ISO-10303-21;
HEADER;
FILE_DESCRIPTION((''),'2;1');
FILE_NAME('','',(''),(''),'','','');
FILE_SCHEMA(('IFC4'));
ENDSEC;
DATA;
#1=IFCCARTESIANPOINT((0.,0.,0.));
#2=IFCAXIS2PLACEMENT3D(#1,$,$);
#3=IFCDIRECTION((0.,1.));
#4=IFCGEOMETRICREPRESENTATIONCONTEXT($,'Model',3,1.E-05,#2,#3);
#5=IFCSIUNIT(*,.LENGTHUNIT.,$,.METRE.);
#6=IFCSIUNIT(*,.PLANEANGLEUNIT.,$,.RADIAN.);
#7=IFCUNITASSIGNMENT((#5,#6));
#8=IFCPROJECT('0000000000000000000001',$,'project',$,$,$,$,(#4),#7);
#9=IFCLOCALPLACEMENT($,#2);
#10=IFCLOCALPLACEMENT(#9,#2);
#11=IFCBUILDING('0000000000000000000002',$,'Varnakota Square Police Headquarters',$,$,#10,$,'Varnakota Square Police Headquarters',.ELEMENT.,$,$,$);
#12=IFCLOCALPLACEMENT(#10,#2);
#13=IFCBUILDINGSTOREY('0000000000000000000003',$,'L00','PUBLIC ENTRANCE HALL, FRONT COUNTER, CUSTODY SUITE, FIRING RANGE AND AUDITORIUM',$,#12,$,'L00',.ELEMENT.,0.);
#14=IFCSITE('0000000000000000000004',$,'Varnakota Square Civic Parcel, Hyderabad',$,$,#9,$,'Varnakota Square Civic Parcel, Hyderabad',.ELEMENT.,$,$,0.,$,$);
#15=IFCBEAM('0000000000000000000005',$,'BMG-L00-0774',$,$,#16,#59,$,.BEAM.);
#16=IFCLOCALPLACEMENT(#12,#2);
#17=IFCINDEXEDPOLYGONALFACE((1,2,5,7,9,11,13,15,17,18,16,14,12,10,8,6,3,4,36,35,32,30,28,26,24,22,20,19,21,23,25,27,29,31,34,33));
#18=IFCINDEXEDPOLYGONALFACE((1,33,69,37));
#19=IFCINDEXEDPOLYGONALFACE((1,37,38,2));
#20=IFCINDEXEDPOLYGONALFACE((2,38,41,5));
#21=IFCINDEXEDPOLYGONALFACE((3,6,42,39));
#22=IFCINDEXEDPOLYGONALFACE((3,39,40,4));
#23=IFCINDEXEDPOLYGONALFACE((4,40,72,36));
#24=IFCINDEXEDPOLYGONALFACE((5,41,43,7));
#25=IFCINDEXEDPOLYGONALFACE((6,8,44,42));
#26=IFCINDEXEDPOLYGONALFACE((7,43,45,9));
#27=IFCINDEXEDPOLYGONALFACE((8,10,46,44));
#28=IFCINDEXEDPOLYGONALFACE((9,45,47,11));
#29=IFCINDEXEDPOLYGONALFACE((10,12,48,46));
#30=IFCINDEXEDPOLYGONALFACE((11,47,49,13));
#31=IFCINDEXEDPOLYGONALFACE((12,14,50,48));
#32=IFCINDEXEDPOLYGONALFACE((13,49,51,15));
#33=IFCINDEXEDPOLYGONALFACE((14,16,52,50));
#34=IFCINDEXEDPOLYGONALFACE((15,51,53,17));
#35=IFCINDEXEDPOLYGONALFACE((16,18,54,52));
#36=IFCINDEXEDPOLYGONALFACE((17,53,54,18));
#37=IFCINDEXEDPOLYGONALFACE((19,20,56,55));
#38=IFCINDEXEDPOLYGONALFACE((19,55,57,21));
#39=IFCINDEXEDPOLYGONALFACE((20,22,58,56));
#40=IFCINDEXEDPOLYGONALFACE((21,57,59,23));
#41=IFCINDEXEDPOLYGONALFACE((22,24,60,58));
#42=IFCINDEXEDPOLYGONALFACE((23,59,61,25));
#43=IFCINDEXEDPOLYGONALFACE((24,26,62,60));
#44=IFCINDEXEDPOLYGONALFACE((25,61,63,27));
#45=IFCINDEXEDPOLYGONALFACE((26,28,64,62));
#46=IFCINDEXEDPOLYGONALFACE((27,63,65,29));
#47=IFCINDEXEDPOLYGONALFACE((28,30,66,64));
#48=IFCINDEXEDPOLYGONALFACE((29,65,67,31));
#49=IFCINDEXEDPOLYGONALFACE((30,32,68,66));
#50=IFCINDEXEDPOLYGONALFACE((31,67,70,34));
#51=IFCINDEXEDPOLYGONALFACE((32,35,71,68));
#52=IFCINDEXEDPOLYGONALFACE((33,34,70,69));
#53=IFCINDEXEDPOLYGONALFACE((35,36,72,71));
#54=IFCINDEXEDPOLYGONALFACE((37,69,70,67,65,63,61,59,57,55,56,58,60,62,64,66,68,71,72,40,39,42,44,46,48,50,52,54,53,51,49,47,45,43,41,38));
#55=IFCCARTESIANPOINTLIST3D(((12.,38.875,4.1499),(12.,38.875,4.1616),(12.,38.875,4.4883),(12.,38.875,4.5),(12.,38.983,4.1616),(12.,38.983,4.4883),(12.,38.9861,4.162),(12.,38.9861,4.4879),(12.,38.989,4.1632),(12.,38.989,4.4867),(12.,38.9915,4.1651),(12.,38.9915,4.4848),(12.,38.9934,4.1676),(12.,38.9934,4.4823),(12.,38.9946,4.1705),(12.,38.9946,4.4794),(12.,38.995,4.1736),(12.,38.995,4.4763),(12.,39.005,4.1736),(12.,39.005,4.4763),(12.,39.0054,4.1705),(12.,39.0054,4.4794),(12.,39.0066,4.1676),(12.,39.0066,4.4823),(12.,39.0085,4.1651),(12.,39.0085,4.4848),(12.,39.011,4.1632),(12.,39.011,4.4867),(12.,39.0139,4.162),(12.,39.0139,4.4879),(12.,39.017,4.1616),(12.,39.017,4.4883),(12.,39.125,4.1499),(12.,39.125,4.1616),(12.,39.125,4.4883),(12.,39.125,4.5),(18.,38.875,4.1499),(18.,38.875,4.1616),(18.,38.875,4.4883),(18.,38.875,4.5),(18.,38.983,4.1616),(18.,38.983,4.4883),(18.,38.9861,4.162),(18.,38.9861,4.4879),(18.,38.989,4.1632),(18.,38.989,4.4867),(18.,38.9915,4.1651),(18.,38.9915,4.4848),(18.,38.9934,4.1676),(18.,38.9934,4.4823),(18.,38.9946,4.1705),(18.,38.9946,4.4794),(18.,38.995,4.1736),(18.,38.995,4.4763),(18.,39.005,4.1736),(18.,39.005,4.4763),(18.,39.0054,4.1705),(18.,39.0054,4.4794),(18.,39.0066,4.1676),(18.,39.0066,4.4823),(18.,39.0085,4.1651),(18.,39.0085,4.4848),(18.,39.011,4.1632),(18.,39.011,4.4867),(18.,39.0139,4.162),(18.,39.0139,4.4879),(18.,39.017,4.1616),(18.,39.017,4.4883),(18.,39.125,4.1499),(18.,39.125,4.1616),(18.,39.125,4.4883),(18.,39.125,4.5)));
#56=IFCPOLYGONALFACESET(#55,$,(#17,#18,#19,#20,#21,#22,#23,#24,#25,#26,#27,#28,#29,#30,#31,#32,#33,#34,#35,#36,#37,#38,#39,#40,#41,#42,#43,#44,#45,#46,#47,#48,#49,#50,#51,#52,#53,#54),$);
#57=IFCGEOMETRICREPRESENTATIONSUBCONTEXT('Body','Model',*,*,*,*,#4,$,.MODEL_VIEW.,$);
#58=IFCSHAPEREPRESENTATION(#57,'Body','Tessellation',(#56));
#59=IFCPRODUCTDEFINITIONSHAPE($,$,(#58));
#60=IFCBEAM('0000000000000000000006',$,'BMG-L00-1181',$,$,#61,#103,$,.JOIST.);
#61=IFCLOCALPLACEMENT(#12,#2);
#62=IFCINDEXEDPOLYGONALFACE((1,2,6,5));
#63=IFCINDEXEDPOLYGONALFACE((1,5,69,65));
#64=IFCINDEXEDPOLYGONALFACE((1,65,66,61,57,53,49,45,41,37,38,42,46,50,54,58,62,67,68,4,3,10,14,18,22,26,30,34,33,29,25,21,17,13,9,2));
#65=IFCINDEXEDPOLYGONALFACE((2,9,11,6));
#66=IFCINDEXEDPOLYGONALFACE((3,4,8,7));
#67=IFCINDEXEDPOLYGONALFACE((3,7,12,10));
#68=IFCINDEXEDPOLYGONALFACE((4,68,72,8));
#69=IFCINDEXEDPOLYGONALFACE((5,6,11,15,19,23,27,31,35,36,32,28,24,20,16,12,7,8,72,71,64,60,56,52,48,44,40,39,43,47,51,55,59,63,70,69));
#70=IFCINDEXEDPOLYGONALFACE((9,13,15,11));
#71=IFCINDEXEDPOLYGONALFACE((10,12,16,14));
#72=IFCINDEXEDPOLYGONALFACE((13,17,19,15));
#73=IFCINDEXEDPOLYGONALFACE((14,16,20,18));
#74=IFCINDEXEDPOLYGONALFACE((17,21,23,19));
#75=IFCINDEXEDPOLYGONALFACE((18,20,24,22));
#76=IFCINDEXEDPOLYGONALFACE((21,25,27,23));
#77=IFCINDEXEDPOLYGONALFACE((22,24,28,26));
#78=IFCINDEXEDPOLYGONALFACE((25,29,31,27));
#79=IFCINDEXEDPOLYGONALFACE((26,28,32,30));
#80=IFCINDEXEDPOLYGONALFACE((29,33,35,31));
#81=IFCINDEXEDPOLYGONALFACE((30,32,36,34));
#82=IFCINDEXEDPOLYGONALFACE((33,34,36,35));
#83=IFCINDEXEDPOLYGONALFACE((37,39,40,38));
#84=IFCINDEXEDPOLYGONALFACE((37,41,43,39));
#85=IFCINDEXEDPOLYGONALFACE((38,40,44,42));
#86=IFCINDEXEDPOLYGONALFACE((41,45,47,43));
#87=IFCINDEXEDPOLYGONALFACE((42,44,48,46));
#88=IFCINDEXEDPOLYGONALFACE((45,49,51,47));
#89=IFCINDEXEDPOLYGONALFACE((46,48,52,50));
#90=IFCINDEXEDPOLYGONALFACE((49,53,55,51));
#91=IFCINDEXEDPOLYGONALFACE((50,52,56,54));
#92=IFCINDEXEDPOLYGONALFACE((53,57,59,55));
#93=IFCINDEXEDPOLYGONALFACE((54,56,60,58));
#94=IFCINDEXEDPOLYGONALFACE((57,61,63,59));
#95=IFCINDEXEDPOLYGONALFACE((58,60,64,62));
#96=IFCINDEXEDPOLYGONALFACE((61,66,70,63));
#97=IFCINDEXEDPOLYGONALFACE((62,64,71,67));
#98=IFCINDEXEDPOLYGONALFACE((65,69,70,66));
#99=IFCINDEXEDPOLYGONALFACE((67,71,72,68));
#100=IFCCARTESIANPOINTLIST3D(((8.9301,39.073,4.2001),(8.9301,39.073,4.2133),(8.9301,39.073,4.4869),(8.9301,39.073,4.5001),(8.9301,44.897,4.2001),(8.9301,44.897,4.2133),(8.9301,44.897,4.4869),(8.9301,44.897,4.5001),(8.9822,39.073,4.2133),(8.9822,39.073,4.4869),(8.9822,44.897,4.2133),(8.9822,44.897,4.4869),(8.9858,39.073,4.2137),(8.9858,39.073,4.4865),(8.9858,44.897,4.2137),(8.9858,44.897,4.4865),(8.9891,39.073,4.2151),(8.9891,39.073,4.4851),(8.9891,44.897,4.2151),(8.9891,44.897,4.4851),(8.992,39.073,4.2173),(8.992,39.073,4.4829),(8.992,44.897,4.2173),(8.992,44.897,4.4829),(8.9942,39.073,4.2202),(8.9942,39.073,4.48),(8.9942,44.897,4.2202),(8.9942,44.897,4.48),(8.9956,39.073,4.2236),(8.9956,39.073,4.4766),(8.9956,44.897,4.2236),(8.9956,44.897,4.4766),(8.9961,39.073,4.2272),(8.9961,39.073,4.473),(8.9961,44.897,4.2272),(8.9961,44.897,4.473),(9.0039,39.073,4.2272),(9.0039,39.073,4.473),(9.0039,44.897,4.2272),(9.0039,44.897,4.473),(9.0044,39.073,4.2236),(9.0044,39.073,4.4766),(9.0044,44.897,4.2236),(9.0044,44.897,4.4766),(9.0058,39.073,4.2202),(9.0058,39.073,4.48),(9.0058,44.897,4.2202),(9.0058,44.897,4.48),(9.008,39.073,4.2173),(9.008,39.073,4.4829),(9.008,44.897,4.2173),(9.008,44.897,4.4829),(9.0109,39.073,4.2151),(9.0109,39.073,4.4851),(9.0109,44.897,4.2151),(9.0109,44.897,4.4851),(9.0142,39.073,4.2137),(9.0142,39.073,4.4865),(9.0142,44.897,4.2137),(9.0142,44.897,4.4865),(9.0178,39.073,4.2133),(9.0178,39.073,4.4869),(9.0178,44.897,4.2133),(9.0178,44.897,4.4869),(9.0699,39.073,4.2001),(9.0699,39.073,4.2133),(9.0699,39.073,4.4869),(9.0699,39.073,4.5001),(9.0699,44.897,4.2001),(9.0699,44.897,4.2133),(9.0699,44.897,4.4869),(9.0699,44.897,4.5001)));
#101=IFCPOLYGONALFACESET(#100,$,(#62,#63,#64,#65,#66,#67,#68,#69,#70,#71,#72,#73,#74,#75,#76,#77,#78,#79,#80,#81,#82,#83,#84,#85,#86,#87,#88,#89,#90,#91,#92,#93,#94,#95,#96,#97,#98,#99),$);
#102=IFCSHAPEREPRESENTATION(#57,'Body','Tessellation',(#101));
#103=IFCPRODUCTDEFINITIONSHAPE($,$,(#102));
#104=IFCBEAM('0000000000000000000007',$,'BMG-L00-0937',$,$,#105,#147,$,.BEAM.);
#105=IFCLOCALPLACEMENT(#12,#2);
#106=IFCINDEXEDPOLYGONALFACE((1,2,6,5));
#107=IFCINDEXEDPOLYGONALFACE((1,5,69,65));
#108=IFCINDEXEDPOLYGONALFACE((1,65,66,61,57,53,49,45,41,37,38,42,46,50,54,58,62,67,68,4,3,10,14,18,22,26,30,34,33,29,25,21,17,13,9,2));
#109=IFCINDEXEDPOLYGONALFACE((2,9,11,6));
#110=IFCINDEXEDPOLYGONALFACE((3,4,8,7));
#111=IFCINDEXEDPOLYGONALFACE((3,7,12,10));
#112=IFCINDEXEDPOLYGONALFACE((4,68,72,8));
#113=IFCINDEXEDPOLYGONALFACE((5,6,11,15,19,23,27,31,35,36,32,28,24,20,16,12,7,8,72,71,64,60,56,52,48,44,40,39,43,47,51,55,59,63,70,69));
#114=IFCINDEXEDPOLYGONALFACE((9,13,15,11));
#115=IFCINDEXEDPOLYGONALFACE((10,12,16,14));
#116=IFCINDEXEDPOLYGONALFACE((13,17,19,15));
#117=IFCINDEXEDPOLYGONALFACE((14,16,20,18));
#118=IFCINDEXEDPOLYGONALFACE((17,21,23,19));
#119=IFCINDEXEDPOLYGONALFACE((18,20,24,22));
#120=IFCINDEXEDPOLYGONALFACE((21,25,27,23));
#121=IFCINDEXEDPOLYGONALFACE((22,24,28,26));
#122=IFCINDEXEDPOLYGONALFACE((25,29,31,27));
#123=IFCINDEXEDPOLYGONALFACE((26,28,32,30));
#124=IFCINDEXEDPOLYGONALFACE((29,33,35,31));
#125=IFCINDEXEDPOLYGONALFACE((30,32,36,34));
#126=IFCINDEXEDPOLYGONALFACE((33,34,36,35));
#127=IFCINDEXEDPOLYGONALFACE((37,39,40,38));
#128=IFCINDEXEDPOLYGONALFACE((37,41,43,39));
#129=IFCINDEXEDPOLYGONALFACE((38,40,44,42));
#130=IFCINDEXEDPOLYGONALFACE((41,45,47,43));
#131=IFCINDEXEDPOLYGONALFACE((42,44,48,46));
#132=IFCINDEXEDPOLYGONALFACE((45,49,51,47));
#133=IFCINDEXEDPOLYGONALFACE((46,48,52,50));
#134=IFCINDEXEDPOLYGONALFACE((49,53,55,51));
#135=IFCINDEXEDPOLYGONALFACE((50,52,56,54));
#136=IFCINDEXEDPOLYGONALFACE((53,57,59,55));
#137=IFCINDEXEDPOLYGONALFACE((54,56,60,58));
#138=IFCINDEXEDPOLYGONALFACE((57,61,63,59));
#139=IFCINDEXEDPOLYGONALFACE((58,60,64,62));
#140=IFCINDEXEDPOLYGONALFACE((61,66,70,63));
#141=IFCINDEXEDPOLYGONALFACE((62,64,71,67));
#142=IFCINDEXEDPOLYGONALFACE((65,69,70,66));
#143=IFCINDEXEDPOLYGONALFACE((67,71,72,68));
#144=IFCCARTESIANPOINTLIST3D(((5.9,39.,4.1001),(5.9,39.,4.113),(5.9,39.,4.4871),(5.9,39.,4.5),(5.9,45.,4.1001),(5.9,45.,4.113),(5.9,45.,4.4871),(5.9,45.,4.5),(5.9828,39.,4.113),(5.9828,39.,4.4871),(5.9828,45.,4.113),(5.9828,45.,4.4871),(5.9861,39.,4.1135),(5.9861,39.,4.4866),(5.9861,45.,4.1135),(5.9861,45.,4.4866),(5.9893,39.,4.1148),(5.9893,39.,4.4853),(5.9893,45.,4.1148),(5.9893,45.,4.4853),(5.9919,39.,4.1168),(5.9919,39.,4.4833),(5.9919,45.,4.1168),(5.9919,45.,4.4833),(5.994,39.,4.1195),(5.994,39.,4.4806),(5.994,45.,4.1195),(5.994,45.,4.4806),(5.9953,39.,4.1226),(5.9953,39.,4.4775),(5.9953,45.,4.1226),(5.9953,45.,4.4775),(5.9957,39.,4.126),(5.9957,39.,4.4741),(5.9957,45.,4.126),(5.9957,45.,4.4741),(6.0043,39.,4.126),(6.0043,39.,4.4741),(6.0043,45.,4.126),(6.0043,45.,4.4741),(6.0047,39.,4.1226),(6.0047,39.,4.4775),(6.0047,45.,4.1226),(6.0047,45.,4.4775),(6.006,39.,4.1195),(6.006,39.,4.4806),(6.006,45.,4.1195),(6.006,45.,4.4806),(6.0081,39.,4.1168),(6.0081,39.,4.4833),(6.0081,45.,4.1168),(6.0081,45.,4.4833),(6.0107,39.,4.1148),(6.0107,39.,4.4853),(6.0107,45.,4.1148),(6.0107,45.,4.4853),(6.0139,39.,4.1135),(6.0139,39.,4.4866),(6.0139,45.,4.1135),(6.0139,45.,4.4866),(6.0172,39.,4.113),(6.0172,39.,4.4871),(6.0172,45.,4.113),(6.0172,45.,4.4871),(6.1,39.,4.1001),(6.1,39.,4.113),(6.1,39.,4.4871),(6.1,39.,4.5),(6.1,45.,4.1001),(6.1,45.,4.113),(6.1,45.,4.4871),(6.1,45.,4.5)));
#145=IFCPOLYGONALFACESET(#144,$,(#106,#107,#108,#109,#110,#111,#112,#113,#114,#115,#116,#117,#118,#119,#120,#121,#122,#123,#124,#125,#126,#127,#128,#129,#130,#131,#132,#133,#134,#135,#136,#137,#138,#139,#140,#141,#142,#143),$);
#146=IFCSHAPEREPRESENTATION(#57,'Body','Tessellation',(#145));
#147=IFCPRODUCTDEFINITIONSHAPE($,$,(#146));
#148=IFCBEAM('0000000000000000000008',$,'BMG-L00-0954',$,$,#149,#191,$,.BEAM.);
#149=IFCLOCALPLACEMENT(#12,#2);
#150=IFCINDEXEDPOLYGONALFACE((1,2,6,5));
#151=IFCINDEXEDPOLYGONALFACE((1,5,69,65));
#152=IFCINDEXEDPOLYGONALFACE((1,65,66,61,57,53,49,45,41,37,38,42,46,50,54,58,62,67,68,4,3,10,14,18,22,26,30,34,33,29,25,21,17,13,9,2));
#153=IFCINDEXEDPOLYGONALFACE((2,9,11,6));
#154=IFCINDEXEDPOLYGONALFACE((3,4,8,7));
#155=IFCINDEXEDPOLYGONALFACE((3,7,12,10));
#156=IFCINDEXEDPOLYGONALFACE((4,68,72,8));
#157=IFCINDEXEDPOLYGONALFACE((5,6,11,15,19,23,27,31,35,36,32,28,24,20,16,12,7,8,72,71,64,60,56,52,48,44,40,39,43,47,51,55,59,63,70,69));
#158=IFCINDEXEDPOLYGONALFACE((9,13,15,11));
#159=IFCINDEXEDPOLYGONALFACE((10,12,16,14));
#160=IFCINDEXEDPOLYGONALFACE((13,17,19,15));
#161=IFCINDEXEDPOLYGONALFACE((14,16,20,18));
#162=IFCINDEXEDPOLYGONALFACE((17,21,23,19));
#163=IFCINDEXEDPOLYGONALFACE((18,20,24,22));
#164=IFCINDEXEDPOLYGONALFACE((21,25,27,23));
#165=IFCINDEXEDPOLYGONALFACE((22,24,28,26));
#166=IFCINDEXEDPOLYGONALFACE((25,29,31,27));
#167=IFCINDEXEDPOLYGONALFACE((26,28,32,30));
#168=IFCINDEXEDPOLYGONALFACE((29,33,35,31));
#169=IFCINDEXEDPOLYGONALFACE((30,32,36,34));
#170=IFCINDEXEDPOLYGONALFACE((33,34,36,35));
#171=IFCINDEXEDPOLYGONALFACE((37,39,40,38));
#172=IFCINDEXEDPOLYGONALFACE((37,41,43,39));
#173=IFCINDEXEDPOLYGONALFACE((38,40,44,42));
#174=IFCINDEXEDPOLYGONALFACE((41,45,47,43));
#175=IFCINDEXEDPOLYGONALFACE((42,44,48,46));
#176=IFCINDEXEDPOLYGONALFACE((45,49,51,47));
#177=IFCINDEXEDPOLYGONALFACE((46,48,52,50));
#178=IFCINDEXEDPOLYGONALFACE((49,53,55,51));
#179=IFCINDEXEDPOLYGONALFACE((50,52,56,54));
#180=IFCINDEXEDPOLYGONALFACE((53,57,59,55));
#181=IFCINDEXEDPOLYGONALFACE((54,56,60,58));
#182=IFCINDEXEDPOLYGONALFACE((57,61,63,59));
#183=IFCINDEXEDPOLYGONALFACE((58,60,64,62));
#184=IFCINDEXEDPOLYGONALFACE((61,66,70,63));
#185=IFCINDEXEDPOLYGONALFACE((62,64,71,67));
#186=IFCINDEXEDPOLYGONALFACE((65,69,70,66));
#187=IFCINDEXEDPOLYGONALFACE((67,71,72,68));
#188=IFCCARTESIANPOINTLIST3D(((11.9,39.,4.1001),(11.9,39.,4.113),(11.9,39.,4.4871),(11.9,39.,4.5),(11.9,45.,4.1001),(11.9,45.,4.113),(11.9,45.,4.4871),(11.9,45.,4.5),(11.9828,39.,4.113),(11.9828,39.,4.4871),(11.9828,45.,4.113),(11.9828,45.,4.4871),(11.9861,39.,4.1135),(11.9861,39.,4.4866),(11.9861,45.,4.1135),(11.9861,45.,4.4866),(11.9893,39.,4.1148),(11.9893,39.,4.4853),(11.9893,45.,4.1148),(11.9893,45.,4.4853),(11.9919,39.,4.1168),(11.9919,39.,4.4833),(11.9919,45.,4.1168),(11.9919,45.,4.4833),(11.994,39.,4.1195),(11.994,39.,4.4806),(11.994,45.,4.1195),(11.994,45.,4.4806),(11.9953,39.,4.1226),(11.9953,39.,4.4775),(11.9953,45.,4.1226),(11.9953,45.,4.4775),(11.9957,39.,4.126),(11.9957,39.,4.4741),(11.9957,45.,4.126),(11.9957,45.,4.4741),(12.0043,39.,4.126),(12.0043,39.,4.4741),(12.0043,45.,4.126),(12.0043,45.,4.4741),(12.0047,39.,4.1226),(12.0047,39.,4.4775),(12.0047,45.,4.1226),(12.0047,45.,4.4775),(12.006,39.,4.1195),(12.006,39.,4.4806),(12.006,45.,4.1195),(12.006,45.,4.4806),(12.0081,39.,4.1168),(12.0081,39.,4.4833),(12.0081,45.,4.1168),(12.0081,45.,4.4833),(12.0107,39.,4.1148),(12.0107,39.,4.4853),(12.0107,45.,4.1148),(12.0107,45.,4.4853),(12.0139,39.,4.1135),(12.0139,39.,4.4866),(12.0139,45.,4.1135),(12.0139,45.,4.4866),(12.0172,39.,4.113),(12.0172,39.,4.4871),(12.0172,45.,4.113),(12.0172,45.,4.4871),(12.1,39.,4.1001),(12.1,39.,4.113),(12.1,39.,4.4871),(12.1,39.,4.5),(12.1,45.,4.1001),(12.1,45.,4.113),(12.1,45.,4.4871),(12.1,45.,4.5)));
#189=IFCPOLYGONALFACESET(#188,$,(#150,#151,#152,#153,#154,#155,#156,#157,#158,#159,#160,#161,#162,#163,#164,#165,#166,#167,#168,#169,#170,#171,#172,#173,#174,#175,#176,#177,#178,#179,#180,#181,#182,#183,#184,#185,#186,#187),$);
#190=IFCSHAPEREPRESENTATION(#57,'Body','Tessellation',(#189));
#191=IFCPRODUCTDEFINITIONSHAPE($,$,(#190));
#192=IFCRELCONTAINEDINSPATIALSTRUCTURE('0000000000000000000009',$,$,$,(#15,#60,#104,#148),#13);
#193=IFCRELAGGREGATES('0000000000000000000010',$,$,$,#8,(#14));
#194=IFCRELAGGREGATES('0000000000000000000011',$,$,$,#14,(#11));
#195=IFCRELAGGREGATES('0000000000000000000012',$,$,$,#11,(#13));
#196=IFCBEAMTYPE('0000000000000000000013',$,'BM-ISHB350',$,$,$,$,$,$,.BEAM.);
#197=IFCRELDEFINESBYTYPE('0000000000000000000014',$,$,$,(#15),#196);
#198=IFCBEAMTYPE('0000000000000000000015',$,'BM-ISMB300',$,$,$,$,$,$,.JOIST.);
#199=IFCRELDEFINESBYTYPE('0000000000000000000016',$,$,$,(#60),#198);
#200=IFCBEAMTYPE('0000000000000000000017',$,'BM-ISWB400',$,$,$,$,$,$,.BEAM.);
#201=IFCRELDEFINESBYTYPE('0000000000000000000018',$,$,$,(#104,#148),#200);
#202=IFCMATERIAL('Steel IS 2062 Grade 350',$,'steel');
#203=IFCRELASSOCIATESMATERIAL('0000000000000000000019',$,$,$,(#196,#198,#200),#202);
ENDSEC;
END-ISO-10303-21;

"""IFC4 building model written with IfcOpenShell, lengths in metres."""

from ifc_helpers import new_model, si_unit, direction, frame, origin, origin_2d, place, context, subcontext, project, spatial, i_section, extrude, material, material_profile, profile_set, type_object, element, save


model = new_model("IFC4")

# Units and contexts
model_context = context("Model", 3, precision=1e-05, world=origin(), true_north=direction((0.0, 1.0)))
body_context = subcontext(model_context, "Body", "Model", "MODEL_VIEW")
ifc_project = project(units=[si_unit("LENGTHUNIT", "METRE"), si_unit("PLANEANGLEUNIT", "RADIAN")], contexts=[model_context])

# Site, building, storey
site_placement = place(None, origin())
site = spatial("IfcSite", under=ifc_project, at=site_placement, Name="Varnakota Square Civic Parcel, Hyderabad", LongName="Varnakota Square Civic Parcel, Hyderabad", CompositionType="ELEMENT", RefElevation=0.0)
building_placement = place(site_placement, origin())
building = spatial("IfcBuilding", under=site, at=building_placement, Name="Varnakota Square Police Headquarters", LongName="Varnakota Square Police Headquarters", CompositionType="ELEMENT")
storey_placement = place(building_placement, origin())
storey = spatial("IfcBuildingStorey", under=building, at=storey_placement, Name="L00", Description="PUBLIC ENTRANCE HALL, FRONT COUNTER, CUSTODY SUITE, FIRING RANGE AND AUDITORIUM", LongName="L00", CompositionType="ELEMENT", Elevation=0.0)

# Beams
ifc_material_1 = material(Name="Steel IS 2062 Grade 350", Category="steel")
ifc_material_profile_1 = material_profile(ifc_material_1, i_section(OverallWidth=0.25, OverallDepth=0.3501, WebThickness=0.01, FlangeThickness=0.0117, FilletRadius=0.012, at=origin_2d()), Name="ISHB 350")
ifc_profile_set_1 = profile_set([ifc_material_profile_1], Name="Steel IS 2062 Grade 350")
beam_type_1 = type_object("IfcBeamType", Name="BM-ISHB350", PredefinedType="BEAM", material=ifc_profile_set_1)
beam_1_placement = place(storey_placement, frame((12.0, 39.0, 4.325), z_axis=(1.0, 0.0, 0.0), x_axis=(0.0, 1.0, 0.0)))
element("IfcBeam", 1, at=beam_1_placement, inside=storey, type_object=beam_type_1, Name="BMG-L00-0774", PredefinedType="BEAM", context=body_context, shape_type="SweptSolid", body=[
    extrude(i_section(OverallWidth=0.25, OverallDepth=0.3501, WebThickness=0.01, FlangeThickness=0.0117, FilletRadius=0.012, at=origin_2d()), origin(), (0.0, 0.0, 1.0), 6.0),
])
ifc_material_profile_2 = material_profile(ifc_material_1, i_section(OverallWidth=0.1399, OverallDepth=0.3, WebThickness=0.0078, FlangeThickness=0.0132, FilletRadius=0.0139, at=origin_2d()), Name="ISMB 300")
ifc_profile_set_2 = profile_set([ifc_material_profile_2], Name="Steel IS 2062 Grade 350")
beam_type_2 = type_object("IfcBeamType", Name="BM-ISMB300", PredefinedType="JOIST", material=ifc_profile_set_2)
beam_2_placement = place(storey_placement, frame((9.0, 39.073, 4.3501), z_axis=(0.0, 1.0, 0.0), x_axis=(-1.0, 0.0, 0.0)))
element("IfcBeam", 2, at=beam_2_placement, inside=storey, type_object=beam_type_2, Name="BMG-L00-1181", PredefinedType="JOIST", context=body_context, shape_type="SweptSolid", body=[
    extrude(i_section(OverallWidth=0.1399, OverallDepth=0.3, WebThickness=0.0078, FlangeThickness=0.0132, FilletRadius=0.0139, at=origin_2d()), origin(), (0.0, 0.0, 1.0), 5.824),
])
ifc_material_profile_3 = material_profile(ifc_material_1, i_section(OverallWidth=0.2, OverallDepth=0.3999, WebThickness=0.0085, FlangeThickness=0.0129, FilletRadius=0.0129, at=origin_2d()), Name="ISWB 400")
ifc_profile_set_3 = profile_set([ifc_material_profile_3], Name="Steel IS 2062 Grade 350")
beam_type_3 = type_object("IfcBeamType", Name="BM-ISWB400", PredefinedType="BEAM", material=ifc_profile_set_3)
for number, where, z_axis, x_axis, name in (
    (3, (6.0, 39.0, 4.3), (0.0, 1.0, 0.0), (-1.0, 0.0, 0.0), "BMG-L00-0937"),
    (4, (12.0, 39.0, 4.3), (0.0, 1.0, 0.0), (-1.0, 0.0, 0.0), "BMG-L00-0954"),
):
    element("IfcBeam", number, at=place(storey_placement, frame(where, z_axis=z_axis, x_axis=x_axis)), inside=storey, type_object=beam_type_3, Name=name, PredefinedType="BEAM", context=body_context, shape_type="SweptSolid", body=[
        extrude(i_section(OverallWidth=0.2, OverallDepth=0.3999, WebThickness=0.0085, FlangeThickness=0.0129, FilletRadius=0.0129, at=origin_2d()), origin(), (0.0, 0.0, 1.0), 6.0),
    ])

save(model, "model.ifc")
